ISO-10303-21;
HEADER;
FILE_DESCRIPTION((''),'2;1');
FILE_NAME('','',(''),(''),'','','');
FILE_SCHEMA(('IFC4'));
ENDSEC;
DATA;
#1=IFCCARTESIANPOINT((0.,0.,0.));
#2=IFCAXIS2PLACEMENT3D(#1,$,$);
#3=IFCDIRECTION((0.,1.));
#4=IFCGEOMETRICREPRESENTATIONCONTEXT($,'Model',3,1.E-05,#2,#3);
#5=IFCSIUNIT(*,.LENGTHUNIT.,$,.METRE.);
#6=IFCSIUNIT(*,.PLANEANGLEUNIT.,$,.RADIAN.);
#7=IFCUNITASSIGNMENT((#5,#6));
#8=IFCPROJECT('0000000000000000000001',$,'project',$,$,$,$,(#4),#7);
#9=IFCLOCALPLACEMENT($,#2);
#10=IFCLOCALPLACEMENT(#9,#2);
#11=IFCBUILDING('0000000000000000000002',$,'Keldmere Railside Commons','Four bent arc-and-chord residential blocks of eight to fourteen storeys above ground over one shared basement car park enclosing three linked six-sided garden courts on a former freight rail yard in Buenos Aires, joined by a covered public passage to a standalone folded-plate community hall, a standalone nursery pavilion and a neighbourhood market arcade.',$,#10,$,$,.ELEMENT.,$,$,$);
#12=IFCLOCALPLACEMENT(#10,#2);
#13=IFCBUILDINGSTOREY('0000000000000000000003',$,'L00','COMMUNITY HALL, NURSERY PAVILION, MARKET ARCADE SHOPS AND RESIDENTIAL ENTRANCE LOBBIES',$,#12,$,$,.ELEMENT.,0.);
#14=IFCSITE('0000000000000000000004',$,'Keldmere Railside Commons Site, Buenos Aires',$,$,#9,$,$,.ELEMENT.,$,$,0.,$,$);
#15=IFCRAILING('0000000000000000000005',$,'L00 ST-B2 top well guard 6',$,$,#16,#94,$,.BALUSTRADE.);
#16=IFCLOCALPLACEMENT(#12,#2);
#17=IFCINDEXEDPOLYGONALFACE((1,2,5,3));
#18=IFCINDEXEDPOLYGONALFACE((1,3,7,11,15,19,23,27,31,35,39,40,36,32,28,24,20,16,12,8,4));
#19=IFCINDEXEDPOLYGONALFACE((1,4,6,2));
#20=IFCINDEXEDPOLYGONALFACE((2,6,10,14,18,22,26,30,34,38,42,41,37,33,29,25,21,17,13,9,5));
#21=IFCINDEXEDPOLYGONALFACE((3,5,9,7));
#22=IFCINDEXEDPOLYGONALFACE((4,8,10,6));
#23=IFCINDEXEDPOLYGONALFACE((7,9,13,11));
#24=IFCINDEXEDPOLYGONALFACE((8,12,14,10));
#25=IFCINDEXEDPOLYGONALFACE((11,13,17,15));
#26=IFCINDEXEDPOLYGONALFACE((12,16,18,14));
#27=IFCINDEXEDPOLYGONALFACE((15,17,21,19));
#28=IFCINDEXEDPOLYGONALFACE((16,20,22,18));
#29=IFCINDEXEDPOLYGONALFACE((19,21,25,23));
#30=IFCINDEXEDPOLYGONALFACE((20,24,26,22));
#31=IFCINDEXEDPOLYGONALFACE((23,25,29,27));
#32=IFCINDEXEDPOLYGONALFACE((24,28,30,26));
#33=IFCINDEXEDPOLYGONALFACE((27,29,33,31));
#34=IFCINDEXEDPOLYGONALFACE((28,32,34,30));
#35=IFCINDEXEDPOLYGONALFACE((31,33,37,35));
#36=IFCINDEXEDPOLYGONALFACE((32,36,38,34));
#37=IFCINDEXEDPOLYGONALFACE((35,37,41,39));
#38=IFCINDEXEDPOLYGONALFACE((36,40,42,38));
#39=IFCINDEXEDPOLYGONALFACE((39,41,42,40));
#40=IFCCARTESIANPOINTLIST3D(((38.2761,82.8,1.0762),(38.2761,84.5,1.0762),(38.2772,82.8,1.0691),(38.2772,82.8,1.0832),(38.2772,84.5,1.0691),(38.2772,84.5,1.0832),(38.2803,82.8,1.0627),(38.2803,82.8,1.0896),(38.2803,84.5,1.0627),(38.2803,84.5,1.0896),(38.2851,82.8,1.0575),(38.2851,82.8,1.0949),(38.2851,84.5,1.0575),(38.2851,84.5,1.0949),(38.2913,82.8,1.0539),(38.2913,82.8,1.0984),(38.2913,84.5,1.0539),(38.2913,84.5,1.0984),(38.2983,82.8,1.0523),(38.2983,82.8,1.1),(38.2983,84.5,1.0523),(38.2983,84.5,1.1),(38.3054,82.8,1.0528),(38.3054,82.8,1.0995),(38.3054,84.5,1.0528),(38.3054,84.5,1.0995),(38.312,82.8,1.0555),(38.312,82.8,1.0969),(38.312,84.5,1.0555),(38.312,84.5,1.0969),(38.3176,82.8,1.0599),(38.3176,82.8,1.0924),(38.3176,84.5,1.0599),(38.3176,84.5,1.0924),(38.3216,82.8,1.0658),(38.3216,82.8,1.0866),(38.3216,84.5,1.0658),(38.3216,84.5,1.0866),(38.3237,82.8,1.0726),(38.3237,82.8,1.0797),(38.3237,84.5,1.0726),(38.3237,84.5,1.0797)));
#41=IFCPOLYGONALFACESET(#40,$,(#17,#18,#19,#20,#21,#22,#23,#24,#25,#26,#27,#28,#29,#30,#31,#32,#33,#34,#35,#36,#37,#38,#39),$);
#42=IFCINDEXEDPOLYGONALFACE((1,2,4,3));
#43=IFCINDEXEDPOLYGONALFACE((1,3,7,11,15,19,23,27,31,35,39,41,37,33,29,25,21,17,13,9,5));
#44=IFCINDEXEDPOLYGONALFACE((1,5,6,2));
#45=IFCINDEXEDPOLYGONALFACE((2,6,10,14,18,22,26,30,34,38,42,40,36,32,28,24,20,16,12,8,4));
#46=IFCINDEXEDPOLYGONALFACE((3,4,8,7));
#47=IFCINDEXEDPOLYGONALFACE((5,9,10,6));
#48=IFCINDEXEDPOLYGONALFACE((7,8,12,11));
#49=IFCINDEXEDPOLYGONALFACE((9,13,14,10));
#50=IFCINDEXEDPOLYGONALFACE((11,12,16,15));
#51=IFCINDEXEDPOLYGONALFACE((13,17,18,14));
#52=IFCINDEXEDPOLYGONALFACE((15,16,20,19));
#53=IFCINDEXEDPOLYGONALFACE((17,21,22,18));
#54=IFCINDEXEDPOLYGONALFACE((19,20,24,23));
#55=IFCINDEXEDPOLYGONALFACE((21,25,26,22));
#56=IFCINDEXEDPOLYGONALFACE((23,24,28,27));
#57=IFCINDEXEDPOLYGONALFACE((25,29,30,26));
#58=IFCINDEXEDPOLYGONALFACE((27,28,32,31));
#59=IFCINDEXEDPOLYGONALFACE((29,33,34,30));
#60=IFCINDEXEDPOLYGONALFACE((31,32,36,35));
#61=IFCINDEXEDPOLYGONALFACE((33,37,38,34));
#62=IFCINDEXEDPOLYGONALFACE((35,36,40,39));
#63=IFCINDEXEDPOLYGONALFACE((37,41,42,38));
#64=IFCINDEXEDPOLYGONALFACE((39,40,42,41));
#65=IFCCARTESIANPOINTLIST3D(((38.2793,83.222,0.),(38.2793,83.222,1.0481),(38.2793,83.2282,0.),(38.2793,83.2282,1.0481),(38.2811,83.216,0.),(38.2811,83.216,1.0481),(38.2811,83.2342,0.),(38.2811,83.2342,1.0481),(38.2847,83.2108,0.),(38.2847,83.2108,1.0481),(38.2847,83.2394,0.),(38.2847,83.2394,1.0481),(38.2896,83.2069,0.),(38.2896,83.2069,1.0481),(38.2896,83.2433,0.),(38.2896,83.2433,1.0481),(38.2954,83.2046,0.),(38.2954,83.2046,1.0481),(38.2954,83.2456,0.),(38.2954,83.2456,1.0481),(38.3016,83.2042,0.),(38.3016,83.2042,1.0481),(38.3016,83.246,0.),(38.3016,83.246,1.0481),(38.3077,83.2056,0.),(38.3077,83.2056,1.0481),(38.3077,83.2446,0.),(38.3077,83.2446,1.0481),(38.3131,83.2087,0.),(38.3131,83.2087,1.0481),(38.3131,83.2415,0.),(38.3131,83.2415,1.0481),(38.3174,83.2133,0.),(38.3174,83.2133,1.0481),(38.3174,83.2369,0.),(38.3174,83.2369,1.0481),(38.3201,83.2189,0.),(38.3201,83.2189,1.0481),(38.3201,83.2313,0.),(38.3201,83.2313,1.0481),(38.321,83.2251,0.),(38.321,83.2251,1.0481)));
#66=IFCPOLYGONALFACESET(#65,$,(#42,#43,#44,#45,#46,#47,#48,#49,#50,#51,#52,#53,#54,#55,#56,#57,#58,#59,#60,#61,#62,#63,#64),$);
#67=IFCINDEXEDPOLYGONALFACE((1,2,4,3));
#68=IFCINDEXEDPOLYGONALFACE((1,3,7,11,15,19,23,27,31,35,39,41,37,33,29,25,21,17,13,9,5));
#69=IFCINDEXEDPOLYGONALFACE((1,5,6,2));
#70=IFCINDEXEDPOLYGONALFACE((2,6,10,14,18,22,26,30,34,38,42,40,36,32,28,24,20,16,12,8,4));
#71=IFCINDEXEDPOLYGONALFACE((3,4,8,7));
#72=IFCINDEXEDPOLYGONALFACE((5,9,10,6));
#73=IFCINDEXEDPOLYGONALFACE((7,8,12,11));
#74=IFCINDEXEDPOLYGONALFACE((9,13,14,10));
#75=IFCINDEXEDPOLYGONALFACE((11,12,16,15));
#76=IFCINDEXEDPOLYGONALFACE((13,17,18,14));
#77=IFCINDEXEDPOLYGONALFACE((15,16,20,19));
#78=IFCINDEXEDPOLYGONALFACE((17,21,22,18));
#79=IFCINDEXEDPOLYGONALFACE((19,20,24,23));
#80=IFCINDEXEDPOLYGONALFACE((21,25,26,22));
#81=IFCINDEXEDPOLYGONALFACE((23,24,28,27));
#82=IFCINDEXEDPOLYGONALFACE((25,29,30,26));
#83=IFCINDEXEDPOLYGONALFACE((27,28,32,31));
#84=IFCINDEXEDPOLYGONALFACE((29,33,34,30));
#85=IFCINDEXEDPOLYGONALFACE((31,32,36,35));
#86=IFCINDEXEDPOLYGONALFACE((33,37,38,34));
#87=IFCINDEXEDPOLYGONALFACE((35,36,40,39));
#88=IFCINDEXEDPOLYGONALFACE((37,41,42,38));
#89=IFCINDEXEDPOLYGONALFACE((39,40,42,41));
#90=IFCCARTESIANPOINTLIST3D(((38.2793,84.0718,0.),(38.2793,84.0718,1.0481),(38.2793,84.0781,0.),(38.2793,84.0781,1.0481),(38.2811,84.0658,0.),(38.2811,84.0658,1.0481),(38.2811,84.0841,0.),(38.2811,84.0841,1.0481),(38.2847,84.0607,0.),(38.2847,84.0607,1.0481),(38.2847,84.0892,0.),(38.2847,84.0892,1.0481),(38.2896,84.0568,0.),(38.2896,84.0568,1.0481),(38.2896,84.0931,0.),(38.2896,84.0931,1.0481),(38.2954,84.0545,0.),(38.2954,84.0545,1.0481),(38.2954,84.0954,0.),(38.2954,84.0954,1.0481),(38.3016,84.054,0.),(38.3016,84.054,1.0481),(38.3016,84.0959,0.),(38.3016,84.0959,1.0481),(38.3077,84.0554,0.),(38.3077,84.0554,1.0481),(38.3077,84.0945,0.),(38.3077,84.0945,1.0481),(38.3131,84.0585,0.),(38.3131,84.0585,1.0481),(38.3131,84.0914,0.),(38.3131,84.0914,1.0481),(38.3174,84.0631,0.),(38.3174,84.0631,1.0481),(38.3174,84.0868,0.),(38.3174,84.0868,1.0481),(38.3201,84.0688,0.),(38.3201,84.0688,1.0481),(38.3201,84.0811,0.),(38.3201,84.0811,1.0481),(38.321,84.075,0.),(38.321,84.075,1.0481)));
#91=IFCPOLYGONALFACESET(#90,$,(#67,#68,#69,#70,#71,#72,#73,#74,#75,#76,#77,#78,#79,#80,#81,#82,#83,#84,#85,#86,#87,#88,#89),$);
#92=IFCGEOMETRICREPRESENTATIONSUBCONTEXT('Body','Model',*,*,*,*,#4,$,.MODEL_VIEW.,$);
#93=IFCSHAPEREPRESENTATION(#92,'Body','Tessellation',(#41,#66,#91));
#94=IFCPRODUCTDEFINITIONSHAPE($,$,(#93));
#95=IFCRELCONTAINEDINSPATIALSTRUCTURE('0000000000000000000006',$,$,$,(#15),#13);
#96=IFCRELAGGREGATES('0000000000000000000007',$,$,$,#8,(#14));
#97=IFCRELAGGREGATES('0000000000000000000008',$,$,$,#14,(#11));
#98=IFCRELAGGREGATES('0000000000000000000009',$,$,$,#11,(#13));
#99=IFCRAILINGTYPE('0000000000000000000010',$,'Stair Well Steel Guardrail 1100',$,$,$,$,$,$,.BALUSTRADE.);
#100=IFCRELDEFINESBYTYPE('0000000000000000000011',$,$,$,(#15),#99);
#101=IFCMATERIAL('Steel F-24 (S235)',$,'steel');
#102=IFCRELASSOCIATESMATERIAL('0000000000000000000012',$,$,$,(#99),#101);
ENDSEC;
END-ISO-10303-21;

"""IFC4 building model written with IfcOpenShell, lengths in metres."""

from ifc_helpers import new_model, si_unit, direction, frame, origin, origin_2d, place, context, subcontext, project, spatial, circle, extrude, material, type_object, element, save


model = new_model("IFC4")

# Units and contexts
model_context = context("Model", 3, precision=1e-05, world=origin(), true_north=direction((0.0, 1.0)))
body_context = subcontext(model_context, "Body", "Model", "MODEL_VIEW")
ifc_project = project(units=[si_unit("LENGTHUNIT", "METRE"), si_unit("PLANEANGLEUNIT", "RADIAN")], contexts=[model_context])

# Site, building, storey
site_placement = place(None, origin())
site = spatial("IfcSite", under=ifc_project, at=site_placement, Name="Keldmere Railside Commons Site, Buenos Aires", CompositionType="ELEMENT", RefElevation=0.0)
building_placement = place(site_placement, origin())
building = spatial("IfcBuilding", under=site, at=building_placement, Name="Keldmere Railside Commons", Description="Four bent arc-and-chord residential blocks of eight to fourteen storeys above ground over one shared basement car park enclosing three linked six-sided garden courts on a former freight rail yard in Buenos Aires, joined by a covered public passage to a standalone folded-plate community hall, a standalone nursery pavilion and a neighbourhood market arcade.", CompositionType="ELEMENT")
storey_placement = place(building_placement, origin())
storey = spatial("IfcBuildingStorey", under=building, at=storey_placement, Name="L00", Description="COMMUNITY HALL, NURSERY PAVILION, MARKET ARCADE SHOPS AND RESIDENTIAL ENTRANCE LOBBIES", CompositionType="ELEMENT", Elevation=0.0)

# Shared definitions
ifc_material_1 = material(Name="Steel F-24 (S235)", Category="steel")

# Railing
railing_type = type_object("IfcRailingType", Name="Stair Well Steel Guardrail 1100", PredefinedType="BALUSTRADE", material=ifc_material_1)
for number, where, name in (
    (1, (38.3, 82.8, 0.0), "L00 ST-B2 top well guard 6"),
):
    element("IfcRailing", number, at=place(storey_placement, frame(where)), inside=storey, type_object=railing_type, Name=name, PredefinedType="BALUSTRADE", context=body_context, shape_type="SweptSolid", body=[
        extrude(circle(Radius=0.0239, at=origin_2d()), frame((0.0, 0.0, 1.0762), z_axis=(0.0, 1.0, 0.0), x_axis=(-1.0, 0.0, 0.0)), (0.0, 0.0, 1.0), 1.7),
        extrude(circle(Radius=0.021, at=origin_2d()), frame((0.0, 0.425, 0.0)), (0.0, 0.0, 1.0), 1.0481),
        extrude(circle(Radius=0.021, at=origin_2d()), frame((0.0, 1.2749, 0.0)), (0.0, 0.0, 1.0), 1.0481),
    ])

save(model, "model.ifc")
